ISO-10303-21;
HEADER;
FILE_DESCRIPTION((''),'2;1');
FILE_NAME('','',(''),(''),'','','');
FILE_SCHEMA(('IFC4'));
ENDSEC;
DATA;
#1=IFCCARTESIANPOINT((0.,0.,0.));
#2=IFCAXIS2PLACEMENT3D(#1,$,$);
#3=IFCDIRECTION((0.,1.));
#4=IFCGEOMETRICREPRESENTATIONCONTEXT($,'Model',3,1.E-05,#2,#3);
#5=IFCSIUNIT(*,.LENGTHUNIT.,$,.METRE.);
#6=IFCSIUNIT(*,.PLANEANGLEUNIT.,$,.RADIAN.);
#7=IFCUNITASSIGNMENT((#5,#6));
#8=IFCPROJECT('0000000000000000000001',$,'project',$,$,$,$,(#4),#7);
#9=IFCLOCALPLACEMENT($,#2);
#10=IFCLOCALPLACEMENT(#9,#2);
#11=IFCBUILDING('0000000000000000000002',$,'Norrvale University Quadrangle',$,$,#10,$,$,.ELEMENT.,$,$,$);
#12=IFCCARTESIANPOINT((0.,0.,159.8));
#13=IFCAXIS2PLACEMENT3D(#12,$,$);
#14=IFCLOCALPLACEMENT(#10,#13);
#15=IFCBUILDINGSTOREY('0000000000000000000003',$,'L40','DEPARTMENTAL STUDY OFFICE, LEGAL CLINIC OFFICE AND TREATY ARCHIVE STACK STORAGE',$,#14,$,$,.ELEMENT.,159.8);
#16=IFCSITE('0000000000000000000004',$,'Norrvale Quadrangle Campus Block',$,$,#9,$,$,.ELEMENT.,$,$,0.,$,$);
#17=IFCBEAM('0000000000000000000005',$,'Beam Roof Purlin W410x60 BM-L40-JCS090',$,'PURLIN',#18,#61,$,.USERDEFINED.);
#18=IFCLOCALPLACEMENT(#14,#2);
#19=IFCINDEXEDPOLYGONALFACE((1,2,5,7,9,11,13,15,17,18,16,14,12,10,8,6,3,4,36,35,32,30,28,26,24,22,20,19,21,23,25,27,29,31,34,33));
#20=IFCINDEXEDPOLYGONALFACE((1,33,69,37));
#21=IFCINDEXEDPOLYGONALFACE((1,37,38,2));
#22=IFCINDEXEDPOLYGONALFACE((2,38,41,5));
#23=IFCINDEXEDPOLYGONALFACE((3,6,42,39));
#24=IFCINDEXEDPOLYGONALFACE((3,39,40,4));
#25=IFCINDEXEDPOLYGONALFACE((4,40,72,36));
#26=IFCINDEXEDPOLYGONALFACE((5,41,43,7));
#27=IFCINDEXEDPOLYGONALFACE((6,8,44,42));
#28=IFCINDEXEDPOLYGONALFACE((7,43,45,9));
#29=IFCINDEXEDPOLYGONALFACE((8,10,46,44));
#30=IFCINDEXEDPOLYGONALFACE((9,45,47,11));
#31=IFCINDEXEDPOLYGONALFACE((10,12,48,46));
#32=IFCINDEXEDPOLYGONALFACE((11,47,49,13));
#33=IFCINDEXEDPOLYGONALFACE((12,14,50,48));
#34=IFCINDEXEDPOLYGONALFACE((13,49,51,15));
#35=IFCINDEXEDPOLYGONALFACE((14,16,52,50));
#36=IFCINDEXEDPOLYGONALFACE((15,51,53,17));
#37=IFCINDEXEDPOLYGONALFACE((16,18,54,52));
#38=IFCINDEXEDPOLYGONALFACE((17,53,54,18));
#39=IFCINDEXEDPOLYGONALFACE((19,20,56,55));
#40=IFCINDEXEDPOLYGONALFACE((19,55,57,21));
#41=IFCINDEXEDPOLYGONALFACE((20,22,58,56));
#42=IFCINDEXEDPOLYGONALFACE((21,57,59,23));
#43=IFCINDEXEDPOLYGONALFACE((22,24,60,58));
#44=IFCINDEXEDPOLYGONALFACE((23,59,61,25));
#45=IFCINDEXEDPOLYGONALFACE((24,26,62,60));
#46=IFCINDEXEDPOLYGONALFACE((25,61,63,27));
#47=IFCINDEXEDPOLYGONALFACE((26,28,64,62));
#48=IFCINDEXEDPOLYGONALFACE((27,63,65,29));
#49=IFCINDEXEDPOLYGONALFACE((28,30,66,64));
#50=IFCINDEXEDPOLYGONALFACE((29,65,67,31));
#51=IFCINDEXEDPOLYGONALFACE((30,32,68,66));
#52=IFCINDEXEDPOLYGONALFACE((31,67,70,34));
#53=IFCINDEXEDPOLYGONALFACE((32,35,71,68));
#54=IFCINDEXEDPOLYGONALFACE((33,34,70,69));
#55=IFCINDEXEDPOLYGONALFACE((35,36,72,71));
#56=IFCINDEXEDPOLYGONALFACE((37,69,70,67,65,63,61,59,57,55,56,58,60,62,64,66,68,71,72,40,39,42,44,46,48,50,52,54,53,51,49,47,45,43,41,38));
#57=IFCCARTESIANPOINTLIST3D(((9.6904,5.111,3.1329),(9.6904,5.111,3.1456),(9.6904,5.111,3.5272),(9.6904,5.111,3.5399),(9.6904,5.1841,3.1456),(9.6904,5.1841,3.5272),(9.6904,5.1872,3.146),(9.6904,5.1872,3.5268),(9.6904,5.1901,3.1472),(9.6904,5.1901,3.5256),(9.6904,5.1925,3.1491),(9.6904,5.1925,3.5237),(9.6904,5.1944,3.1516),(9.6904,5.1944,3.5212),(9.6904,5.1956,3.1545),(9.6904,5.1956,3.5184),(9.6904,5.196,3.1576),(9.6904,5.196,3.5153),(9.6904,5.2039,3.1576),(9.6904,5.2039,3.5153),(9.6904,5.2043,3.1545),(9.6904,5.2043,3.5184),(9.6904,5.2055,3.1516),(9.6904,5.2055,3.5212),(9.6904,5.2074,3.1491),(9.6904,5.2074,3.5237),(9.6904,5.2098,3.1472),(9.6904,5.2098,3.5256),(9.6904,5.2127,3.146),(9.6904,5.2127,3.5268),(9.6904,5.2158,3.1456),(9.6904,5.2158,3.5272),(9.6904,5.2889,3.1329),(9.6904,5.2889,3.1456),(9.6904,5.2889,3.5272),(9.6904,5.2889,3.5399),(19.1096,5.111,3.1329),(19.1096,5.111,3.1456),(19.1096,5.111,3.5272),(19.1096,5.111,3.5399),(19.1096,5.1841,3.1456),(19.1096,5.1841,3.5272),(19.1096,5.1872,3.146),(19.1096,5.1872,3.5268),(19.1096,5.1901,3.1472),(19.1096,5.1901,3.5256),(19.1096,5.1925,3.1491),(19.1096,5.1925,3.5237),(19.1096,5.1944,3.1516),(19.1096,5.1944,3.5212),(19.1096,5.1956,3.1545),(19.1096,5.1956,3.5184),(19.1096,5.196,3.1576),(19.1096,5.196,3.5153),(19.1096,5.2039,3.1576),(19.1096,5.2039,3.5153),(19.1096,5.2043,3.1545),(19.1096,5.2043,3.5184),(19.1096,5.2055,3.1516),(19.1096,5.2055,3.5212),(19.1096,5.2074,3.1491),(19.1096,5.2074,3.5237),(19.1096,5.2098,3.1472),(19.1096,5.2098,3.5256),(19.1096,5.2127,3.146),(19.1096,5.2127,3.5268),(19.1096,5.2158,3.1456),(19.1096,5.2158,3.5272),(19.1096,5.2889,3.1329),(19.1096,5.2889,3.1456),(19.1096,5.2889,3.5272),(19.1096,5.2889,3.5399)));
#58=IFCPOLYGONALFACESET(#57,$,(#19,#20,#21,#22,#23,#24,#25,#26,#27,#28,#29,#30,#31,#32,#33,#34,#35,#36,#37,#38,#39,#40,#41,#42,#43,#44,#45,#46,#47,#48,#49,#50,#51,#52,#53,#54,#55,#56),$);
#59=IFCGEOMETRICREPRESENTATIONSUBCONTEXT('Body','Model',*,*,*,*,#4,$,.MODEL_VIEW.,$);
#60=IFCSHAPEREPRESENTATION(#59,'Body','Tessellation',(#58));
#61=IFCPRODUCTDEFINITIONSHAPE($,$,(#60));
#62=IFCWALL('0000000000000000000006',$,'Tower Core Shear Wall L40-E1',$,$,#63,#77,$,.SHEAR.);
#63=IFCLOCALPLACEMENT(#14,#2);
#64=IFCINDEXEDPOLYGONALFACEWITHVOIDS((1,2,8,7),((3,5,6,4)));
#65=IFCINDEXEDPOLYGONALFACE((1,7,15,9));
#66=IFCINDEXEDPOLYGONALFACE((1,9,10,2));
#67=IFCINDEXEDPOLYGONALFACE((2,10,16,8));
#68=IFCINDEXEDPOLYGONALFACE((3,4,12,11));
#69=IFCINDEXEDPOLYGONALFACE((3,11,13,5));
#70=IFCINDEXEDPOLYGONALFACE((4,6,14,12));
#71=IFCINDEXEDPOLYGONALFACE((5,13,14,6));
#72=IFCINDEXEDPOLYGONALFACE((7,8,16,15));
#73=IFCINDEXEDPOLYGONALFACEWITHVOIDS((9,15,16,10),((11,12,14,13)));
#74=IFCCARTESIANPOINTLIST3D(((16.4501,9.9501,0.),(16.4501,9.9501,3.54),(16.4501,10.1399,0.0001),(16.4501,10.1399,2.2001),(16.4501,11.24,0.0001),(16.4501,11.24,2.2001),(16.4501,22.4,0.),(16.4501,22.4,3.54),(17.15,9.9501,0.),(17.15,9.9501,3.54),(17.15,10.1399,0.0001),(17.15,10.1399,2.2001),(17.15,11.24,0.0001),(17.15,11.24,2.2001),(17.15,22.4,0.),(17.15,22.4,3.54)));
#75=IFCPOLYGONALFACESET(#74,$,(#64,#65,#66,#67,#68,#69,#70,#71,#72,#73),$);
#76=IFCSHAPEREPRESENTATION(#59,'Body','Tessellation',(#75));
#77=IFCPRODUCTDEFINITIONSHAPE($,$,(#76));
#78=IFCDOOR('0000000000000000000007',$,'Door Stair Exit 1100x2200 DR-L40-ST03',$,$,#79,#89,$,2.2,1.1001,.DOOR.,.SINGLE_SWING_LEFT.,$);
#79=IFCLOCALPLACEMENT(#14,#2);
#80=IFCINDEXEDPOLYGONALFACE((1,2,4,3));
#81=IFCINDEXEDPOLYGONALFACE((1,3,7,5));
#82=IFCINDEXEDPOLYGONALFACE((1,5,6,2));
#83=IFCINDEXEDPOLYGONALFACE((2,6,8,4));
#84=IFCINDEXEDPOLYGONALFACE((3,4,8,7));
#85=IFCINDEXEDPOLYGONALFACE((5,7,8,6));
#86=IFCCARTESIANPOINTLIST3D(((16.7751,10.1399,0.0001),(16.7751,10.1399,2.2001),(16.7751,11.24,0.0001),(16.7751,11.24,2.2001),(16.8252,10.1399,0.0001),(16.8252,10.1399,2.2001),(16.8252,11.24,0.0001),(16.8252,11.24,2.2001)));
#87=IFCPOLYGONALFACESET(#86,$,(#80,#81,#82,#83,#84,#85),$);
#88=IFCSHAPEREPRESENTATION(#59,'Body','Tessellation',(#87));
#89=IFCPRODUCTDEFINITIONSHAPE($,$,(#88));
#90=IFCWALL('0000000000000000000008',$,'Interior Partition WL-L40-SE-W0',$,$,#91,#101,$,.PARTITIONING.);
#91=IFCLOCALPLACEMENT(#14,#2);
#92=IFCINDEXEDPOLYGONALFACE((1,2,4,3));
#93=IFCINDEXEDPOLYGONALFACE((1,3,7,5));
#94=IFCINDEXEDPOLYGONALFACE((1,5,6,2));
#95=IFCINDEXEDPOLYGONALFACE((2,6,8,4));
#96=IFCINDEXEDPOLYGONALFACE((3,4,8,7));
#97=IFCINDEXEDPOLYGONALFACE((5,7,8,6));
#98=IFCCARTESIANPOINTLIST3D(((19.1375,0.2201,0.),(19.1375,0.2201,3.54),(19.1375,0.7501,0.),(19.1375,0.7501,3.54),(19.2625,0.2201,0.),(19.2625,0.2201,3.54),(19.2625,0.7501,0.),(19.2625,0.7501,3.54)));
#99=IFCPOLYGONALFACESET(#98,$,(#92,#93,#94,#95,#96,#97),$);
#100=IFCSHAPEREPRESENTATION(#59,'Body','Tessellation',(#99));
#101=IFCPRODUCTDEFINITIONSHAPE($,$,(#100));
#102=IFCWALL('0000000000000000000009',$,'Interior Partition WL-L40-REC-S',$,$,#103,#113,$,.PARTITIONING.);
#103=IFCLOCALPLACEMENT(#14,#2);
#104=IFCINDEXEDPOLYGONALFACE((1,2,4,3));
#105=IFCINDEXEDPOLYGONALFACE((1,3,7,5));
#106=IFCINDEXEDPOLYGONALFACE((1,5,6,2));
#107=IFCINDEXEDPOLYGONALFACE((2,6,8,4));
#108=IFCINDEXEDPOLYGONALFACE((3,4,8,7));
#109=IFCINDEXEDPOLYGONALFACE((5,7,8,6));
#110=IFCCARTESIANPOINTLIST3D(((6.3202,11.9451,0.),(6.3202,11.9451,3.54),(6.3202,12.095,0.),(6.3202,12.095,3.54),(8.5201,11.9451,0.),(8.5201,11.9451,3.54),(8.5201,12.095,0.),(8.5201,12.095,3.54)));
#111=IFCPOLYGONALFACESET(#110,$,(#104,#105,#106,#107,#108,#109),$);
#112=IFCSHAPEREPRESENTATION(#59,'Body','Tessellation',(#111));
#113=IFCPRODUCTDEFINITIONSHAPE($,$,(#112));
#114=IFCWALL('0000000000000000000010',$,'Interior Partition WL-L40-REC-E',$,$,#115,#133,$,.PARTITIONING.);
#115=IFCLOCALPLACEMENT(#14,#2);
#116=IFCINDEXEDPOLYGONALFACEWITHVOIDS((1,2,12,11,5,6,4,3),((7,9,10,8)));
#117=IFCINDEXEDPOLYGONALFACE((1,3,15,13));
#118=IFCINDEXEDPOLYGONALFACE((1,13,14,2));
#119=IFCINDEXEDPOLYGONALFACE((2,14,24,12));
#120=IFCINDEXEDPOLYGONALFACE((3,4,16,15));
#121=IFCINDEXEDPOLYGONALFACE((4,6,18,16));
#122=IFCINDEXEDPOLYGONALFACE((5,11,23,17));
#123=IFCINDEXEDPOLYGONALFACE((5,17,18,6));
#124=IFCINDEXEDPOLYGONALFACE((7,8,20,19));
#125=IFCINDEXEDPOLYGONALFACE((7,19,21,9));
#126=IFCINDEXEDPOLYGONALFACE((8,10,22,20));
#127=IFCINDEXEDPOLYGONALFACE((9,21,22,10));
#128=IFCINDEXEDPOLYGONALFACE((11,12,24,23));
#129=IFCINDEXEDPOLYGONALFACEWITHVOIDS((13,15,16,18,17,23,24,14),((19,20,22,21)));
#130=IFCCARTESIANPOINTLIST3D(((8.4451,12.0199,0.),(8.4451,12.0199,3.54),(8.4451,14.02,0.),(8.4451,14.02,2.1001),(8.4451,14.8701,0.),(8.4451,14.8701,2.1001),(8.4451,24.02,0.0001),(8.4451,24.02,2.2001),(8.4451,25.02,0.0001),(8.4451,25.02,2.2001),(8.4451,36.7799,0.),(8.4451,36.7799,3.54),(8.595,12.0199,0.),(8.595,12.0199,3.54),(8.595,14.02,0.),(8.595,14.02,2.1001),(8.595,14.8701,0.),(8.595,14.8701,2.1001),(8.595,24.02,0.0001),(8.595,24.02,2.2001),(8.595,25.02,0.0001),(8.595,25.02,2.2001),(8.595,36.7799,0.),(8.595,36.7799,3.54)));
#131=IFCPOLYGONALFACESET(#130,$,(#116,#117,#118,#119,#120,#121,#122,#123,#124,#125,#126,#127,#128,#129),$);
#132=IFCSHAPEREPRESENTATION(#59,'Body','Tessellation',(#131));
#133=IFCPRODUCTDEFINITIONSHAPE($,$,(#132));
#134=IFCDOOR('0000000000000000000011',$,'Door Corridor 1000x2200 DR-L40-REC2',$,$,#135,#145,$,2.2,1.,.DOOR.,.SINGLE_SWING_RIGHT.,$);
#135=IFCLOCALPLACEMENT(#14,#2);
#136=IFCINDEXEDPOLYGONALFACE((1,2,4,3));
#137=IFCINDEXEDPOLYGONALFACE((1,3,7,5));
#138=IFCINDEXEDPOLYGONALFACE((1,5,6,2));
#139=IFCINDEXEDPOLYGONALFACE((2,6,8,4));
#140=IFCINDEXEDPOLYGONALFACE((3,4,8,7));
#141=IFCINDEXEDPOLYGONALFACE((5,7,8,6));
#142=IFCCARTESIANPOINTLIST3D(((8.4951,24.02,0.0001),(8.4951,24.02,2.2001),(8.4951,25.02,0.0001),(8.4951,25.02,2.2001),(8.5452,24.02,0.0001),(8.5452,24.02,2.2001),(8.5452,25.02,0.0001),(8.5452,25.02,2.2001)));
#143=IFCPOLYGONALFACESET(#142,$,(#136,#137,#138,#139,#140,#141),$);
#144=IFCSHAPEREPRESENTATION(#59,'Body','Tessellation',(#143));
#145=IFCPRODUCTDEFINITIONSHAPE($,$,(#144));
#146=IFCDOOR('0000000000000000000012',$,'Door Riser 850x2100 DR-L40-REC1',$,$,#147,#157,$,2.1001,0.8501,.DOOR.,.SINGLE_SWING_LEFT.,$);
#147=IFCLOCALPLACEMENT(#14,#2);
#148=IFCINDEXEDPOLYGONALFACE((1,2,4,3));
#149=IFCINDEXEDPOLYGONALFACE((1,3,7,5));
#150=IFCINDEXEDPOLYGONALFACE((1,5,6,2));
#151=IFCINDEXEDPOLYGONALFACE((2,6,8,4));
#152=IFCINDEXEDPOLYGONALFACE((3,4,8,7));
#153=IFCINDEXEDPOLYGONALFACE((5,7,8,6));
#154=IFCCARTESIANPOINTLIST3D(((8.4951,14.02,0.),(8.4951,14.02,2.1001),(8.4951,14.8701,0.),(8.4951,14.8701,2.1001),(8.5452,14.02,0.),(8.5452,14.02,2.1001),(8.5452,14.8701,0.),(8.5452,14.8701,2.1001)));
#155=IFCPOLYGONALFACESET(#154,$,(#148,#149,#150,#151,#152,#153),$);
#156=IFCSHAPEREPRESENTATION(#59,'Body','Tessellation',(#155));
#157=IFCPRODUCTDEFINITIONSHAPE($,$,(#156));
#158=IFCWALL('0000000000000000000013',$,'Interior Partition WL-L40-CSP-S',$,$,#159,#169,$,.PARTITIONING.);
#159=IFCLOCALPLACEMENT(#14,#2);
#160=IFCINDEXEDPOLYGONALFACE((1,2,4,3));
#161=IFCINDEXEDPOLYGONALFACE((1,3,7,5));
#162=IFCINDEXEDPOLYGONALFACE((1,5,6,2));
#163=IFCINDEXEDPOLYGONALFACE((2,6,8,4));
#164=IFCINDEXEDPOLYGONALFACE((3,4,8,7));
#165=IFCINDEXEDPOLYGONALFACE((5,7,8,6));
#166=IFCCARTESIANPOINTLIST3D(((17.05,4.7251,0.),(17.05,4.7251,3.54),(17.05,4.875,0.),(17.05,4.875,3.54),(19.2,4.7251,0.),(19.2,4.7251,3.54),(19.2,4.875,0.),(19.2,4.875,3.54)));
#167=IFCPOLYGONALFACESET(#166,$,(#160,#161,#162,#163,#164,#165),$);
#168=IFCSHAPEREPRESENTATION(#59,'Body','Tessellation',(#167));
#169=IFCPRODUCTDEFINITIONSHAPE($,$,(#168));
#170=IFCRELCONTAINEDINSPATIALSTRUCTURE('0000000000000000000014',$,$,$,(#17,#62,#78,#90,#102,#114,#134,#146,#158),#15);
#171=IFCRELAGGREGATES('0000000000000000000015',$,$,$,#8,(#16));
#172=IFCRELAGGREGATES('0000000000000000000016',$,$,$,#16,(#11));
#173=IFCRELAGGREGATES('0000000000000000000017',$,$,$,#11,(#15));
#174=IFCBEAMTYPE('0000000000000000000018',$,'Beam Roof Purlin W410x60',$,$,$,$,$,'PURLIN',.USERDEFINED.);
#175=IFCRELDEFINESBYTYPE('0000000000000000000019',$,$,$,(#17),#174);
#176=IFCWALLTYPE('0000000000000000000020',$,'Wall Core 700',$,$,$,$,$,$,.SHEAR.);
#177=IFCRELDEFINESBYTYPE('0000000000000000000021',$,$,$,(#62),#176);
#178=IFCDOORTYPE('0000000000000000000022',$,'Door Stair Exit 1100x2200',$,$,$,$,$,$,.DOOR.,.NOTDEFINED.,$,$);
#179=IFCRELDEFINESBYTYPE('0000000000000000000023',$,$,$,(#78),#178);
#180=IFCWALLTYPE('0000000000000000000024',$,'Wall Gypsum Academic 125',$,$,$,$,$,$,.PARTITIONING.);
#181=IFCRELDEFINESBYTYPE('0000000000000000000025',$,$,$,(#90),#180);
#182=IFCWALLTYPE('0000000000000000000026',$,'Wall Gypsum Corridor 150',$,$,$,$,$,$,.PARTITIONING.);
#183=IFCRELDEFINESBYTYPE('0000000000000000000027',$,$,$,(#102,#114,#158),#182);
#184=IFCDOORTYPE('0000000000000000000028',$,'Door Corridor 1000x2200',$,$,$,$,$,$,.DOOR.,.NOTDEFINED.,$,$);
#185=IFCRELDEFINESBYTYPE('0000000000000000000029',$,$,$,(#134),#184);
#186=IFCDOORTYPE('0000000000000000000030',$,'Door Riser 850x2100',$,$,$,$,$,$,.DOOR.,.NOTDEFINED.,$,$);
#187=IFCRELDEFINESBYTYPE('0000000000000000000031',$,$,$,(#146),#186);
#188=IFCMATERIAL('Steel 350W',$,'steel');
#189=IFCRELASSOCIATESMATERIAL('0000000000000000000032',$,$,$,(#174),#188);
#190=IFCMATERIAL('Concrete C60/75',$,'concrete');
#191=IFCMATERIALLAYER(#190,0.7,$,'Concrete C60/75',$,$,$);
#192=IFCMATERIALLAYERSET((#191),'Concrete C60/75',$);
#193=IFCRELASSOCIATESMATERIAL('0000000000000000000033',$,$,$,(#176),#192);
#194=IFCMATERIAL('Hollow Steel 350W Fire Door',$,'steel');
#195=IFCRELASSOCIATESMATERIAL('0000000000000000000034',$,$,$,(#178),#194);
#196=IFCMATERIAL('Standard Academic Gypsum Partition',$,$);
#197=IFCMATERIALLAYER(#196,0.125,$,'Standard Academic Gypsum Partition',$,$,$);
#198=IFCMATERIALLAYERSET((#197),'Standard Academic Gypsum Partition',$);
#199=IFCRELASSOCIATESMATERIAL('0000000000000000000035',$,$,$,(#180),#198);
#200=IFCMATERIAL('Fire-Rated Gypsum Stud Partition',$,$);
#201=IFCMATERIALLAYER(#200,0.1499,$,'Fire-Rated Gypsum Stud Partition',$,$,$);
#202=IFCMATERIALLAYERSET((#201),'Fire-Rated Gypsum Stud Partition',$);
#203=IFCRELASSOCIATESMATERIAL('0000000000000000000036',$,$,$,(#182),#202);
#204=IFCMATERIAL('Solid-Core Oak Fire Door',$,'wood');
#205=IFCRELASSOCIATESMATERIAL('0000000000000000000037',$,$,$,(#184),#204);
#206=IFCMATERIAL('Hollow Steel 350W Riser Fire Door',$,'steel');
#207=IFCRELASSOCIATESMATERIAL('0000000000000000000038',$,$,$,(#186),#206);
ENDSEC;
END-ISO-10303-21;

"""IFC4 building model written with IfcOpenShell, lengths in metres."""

from ifc_helpers import new_model, si_unit, direction, frame, frame_2d, origin, origin_2d, place, context, subcontext, project, spatial, rectangle, i_section, extrude, material, layer, layer_set, material_profile, profile_set, type_object, element, fill, save


model = new_model("IFC4")

# Units and contexts
model_context = context("Model", 3, precision=1e-05, world=origin(), true_north=direction((0.0, 1.0)))
body_context = subcontext(model_context, "Body", "Model", "MODEL_VIEW")
ifc_project = project(units=[si_unit("LENGTHUNIT", "METRE"), si_unit("PLANEANGLEUNIT", "RADIAN")], contexts=[model_context])

# Site, building, storey
site_placement = place(None, origin())
site = spatial("IfcSite", under=ifc_project, at=site_placement, Name="Norrvale Quadrangle Campus Block", CompositionType="ELEMENT", RefElevation=0.0)
building_placement = place(site_placement, origin())
building = spatial("IfcBuilding", under=site, at=building_placement, Name="Norrvale University Quadrangle", CompositionType="ELEMENT")
storey_placement = place(building_placement, frame((0.0, 0.0, 159.8)))
storey = spatial("IfcBuildingStorey", under=building, at=storey_placement, Name="L40", Description="DEPARTMENTAL STUDY OFFICE, LEGAL CLINIC OFFICE AND TREATY ARCHIVE STACK STORAGE", CompositionType="ELEMENT", Elevation=159.8)

# Shared definitions
ifc_material_1 = material(Name="Concrete C60/75", Category="concrete")

# Beam
ifc_material_2 = material(Name="Steel 350W", Category="steel")
ifc_material_profile_1 = material_profile(ifc_material_2, i_section(OverallWidth=0.178, OverallDepth=0.407, WebThickness=0.0078, FlangeThickness=0.0127, FilletRadius=0.012, at=origin_2d()), Name="Steel 350W")
ifc_profile_set_1 = profile_set([ifc_material_profile_1], Name="Steel 350W")
beam_type_1 = type_object("IfcBeamType", Name="Beam Roof Purlin W410x60", ElementType="PURLIN", PredefinedType="USERDEFINED", material=ifc_profile_set_1)
beam_1_placement = place(storey_placement, frame((9.6904, 5.2, 3.3364), z_axis=(1.0, 0.0, 0.0), x_axis=(0.0, 1.0, 0.0)))
element("IfcBeam", 1, at=beam_1_placement, inside=storey, type_object=beam_type_1, Name="Beam Roof Purlin W410x60 BM-L40-JCS090", ObjectType="PURLIN", PredefinedType="USERDEFINED", context=body_context, shape_type="SweptSolid", body=[
    extrude(i_section(OverallWidth=0.178, OverallDepth=0.407, WebThickness=0.0078, FlangeThickness=0.0127, FilletRadius=0.012, at=origin_2d()), origin(), (0.0, 0.0, 1.0), 9.4192),
])

# Wall, opening, door
ifc_layer_1 = layer(ifc_material_1, 0.7, Name="Concrete C60/75")
ifc_layer_set_1 = layer_set([ifc_layer_1], Name="Concrete C60/75")
wall_type_1 = type_object("IfcWallType", Name="Wall Core 700", PredefinedType="SHEAR", material=ifc_layer_set_1)
wall_1_placement = place(storey_placement, frame((16.8, 9.95, 0.0), z_axis=(0.0, 0.0, 1.0), x_axis=(0.0, 1.0, 0.0)))
wall_1 = element("IfcWall", 2, at=wall_1_placement, inside=storey, type_object=wall_type_1, Name="Tower Core Shear Wall L40-E1", PredefinedType="SHEAR", context=body_context, shape_type="SweptSolid", body=[
    extrude(rectangle(XDim=12.45, YDim=0.7, at=frame_2d((6.2251, 0.0))), origin(), (0.0, 0.0, 1.0), 3.54),
])
opening_1_placement = place(wall_1_placement, frame((0.1899, 0.0, 0.0)))
opening_1 = element("IfcOpeningElement", 3, at=opening_1_placement, cuts=wall_1, PredefinedType="OPENING", context=body_context, shape_type="SweptSolid", body=[
    extrude(rectangle(XDim=1.1001, YDim=2.2, at=frame_2d((0.55, 1.1001))), frame((0.0, 0.3621, 0.0), z_axis=(0.0, -1.0, 0.0), x_axis=(1.0, 0.0, 0.0)), (0.0, 0.0, 1.0), 0.7239),
])
ifc_material_3 = material(Name="Hollow Steel 350W Fire Door", Category="steel")
door_type_1 = type_object("IfcDoorType", Name="Door Stair Exit 1100x2200", OperationType="NOTDEFINED", PredefinedType="DOOR", material=ifc_material_3)
door_1_placement = place(opening_1_placement, origin())
door_1 = element("IfcDoor", 4, at=door_1_placement, inside=storey, type_object=door_type_1, Name="Door Stair Exit 1100x2200 DR-L40-ST03", OperationType="SINGLE_SWING_LEFT", OverallHeight=2.2, OverallWidth=1.1001, PredefinedType="DOOR", context=body_context, shape_type="SweptSolid", body=[
    extrude(rectangle(XDim=1.1001, YDim=2.2, at=frame_2d((0.55, 1.1001))), frame((0.0, 0.0249, 0.0), z_axis=(0.0, -1.0, 0.0), x_axis=(1.0, 0.0, 0.0)), (0.0, 0.0, 1.0), 0.05),
])
fill(opening_1, door_1)

# Walls
ifc_material_4 = material(Name="Standard Academic Gypsum Partition")
ifc_layer_2 = layer(ifc_material_4, 0.125, Name="Standard Academic Gypsum Partition")
ifc_layer_set_2 = layer_set([ifc_layer_2], Name="Standard Academic Gypsum Partition")
wall_type_2 = type_object("IfcWallType", Name="Wall Gypsum Academic 125", PredefinedType="PARTITIONING", material=ifc_layer_set_2)
wall_2_placement = place(storey_placement, frame((19.2, 0.22, 0.0), z_axis=(0.0, 0.0, 1.0), x_axis=(0.0, 1.0, 0.0)))
element("IfcWall", 5, at=wall_2_placement, inside=storey, type_object=wall_type_2, Name="Interior Partition WL-L40-SE-W0", PredefinedType="PARTITIONING", context=body_context, shape_type="SweptSolid", body=[
    extrude(rectangle(XDim=0.53, YDim=0.125, at=frame_2d((0.2651, 0.0))), origin(), (0.0, 0.0, 1.0), 3.54),
])
ifc_material_5 = material(Name="Fire-Rated Gypsum Stud Partition")
ifc_layer_3 = layer(ifc_material_5, 0.1499, Name="Fire-Rated Gypsum Stud Partition")
ifc_layer_set_3 = layer_set([ifc_layer_3], Name="Fire-Rated Gypsum Stud Partition")
wall_type_3 = type_object("IfcWallType", Name="Wall Gypsum Corridor 150", PredefinedType="PARTITIONING", material=ifc_layer_set_3)
wall_3_placement = place(storey_placement, frame((6.3201, 12.02, 0.0), z_axis=(0.0, 0.0, 1.0), x_axis=(1.0, 0.0, 0.0)))
element("IfcWall", 6, at=wall_3_placement, inside=storey, type_object=wall_type_3, Name="Interior Partition WL-L40-REC-S", PredefinedType="PARTITIONING", context=body_context, shape_type="SweptSolid", body=[
    extrude(rectangle(XDim=2.2, YDim=0.1499, at=frame_2d((1.1001, 0.0))), origin(), (0.0, 0.0, 1.0), 3.54),
])

# Wall, openings, doors
wall_4_placement = place(storey_placement, frame((8.52, 12.02, 0.0), z_axis=(0.0, 0.0, 1.0), x_axis=(0.0, 1.0, 0.0)))
wall_4 = element("IfcWall", 7, at=wall_4_placement, inside=storey, type_object=wall_type_3, Name="Interior Partition WL-L40-REC-E", PredefinedType="PARTITIONING", context=body_context, shape_type="SweptSolid", body=[
    extrude(rectangle(XDim=24.76, YDim=0.1499, at=frame_2d((12.3799, 0.0))), origin(), (0.0, 0.0, 1.0), 3.54),
])
opening_2_placement = place(wall_4_placement, frame((2.0, 0.0, 0.0)))
opening_2 = element("IfcOpeningElement", 8, at=opening_2_placement, cuts=wall_4, PredefinedType="OPENING", context=body_context, shape_type="SweptSolid", body=[
    extrude(rectangle(XDim=0.8501, YDim=2.1001, at=frame_2d((0.425, 1.05))), frame((0.0, 0.0869, 0.0), z_axis=(0.0, -1.0, 0.0), x_axis=(1.0, 0.0, 0.0)), (0.0, 0.0, 1.0), 0.1738),
])
opening_3_placement = place(wall_4_placement, frame((12.0, 0.0, 0.0)))
opening_3 = element("IfcOpeningElement", 9, at=opening_3_placement, cuts=wall_4, PredefinedType="OPENING", context=body_context, shape_type="SweptSolid", body=[
    extrude(rectangle(XDim=1.0, YDim=2.2, at=frame_2d((0.5, 1.1001))), frame((0.0, 0.0869, 0.0), z_axis=(0.0, -1.0, 0.0), x_axis=(1.0, 0.0, 0.0)), (0.0, 0.0, 1.0), 0.1738),
])
ifc_material_6 = material(Name="Solid-Core Oak Fire Door", Category="wood")
door_type_2 = type_object("IfcDoorType", Name="Door Corridor 1000x2200", OperationType="NOTDEFINED", PredefinedType="DOOR", material=ifc_material_6)
door_2_placement = place(opening_3_placement, origin())
door_2 = element("IfcDoor", 10, at=door_2_placement, inside=storey, type_object=door_type_2, Name="Door Corridor 1000x2200 DR-L40-REC2", OperationType="SINGLE_SWING_RIGHT", OverallHeight=2.2, OverallWidth=1.0, PredefinedType="DOOR", context=body_context, shape_type="SweptSolid", body=[
    extrude(rectangle(XDim=1.0, YDim=2.2, at=frame_2d((0.5, 1.1001))), frame((0.0, 0.0249, 0.0), z_axis=(0.0, -1.0, 0.0), x_axis=(1.0, 0.0, 0.0)), (0.0, 0.0, 1.0), 0.05),
])
fill(opening_3, door_2)
ifc_material_7 = material(Name="Hollow Steel 350W Riser Fire Door", Category="steel")
door_type_3 = type_object("IfcDoorType", Name="Door Riser 850x2100", OperationType="NOTDEFINED", PredefinedType="DOOR", material=ifc_material_7)
door_3_placement = place(opening_2_placement, origin())
door_3 = element("IfcDoor", 11, at=door_3_placement, inside=storey, type_object=door_type_3, Name="Door Riser 850x2100 DR-L40-REC1", OperationType="SINGLE_SWING_LEFT", OverallHeight=2.1001, OverallWidth=0.8501, PredefinedType="DOOR", context=body_context, shape_type="SweptSolid", body=[
    extrude(rectangle(XDim=0.8501, YDim=2.1001, at=frame_2d((0.425, 1.05))), frame((0.0, 0.0249, 0.0), z_axis=(0.0, -1.0, 0.0), x_axis=(1.0, 0.0, 0.0)), (0.0, 0.0, 1.0), 0.05),
])
fill(opening_2, door_3)

# Wall
wall_5_placement = place(storey_placement, frame((17.05, 4.8, 0.0), z_axis=(0.0, 0.0, 1.0), x_axis=(1.0, 0.0, 0.0)))
element("IfcWall", 12, at=wall_5_placement, inside=storey, type_object=wall_type_3, Name="Interior Partition WL-L40-CSP-S", PredefinedType="PARTITIONING", context=body_context, shape_type="SweptSolid", body=[
    extrude(rectangle(XDim=2.1499, YDim=0.1499, at=frame_2d((1.075, 0.0))), origin(), (0.0, 0.0, 1.0), 3.54),
])

save(model, "model.ifc")
